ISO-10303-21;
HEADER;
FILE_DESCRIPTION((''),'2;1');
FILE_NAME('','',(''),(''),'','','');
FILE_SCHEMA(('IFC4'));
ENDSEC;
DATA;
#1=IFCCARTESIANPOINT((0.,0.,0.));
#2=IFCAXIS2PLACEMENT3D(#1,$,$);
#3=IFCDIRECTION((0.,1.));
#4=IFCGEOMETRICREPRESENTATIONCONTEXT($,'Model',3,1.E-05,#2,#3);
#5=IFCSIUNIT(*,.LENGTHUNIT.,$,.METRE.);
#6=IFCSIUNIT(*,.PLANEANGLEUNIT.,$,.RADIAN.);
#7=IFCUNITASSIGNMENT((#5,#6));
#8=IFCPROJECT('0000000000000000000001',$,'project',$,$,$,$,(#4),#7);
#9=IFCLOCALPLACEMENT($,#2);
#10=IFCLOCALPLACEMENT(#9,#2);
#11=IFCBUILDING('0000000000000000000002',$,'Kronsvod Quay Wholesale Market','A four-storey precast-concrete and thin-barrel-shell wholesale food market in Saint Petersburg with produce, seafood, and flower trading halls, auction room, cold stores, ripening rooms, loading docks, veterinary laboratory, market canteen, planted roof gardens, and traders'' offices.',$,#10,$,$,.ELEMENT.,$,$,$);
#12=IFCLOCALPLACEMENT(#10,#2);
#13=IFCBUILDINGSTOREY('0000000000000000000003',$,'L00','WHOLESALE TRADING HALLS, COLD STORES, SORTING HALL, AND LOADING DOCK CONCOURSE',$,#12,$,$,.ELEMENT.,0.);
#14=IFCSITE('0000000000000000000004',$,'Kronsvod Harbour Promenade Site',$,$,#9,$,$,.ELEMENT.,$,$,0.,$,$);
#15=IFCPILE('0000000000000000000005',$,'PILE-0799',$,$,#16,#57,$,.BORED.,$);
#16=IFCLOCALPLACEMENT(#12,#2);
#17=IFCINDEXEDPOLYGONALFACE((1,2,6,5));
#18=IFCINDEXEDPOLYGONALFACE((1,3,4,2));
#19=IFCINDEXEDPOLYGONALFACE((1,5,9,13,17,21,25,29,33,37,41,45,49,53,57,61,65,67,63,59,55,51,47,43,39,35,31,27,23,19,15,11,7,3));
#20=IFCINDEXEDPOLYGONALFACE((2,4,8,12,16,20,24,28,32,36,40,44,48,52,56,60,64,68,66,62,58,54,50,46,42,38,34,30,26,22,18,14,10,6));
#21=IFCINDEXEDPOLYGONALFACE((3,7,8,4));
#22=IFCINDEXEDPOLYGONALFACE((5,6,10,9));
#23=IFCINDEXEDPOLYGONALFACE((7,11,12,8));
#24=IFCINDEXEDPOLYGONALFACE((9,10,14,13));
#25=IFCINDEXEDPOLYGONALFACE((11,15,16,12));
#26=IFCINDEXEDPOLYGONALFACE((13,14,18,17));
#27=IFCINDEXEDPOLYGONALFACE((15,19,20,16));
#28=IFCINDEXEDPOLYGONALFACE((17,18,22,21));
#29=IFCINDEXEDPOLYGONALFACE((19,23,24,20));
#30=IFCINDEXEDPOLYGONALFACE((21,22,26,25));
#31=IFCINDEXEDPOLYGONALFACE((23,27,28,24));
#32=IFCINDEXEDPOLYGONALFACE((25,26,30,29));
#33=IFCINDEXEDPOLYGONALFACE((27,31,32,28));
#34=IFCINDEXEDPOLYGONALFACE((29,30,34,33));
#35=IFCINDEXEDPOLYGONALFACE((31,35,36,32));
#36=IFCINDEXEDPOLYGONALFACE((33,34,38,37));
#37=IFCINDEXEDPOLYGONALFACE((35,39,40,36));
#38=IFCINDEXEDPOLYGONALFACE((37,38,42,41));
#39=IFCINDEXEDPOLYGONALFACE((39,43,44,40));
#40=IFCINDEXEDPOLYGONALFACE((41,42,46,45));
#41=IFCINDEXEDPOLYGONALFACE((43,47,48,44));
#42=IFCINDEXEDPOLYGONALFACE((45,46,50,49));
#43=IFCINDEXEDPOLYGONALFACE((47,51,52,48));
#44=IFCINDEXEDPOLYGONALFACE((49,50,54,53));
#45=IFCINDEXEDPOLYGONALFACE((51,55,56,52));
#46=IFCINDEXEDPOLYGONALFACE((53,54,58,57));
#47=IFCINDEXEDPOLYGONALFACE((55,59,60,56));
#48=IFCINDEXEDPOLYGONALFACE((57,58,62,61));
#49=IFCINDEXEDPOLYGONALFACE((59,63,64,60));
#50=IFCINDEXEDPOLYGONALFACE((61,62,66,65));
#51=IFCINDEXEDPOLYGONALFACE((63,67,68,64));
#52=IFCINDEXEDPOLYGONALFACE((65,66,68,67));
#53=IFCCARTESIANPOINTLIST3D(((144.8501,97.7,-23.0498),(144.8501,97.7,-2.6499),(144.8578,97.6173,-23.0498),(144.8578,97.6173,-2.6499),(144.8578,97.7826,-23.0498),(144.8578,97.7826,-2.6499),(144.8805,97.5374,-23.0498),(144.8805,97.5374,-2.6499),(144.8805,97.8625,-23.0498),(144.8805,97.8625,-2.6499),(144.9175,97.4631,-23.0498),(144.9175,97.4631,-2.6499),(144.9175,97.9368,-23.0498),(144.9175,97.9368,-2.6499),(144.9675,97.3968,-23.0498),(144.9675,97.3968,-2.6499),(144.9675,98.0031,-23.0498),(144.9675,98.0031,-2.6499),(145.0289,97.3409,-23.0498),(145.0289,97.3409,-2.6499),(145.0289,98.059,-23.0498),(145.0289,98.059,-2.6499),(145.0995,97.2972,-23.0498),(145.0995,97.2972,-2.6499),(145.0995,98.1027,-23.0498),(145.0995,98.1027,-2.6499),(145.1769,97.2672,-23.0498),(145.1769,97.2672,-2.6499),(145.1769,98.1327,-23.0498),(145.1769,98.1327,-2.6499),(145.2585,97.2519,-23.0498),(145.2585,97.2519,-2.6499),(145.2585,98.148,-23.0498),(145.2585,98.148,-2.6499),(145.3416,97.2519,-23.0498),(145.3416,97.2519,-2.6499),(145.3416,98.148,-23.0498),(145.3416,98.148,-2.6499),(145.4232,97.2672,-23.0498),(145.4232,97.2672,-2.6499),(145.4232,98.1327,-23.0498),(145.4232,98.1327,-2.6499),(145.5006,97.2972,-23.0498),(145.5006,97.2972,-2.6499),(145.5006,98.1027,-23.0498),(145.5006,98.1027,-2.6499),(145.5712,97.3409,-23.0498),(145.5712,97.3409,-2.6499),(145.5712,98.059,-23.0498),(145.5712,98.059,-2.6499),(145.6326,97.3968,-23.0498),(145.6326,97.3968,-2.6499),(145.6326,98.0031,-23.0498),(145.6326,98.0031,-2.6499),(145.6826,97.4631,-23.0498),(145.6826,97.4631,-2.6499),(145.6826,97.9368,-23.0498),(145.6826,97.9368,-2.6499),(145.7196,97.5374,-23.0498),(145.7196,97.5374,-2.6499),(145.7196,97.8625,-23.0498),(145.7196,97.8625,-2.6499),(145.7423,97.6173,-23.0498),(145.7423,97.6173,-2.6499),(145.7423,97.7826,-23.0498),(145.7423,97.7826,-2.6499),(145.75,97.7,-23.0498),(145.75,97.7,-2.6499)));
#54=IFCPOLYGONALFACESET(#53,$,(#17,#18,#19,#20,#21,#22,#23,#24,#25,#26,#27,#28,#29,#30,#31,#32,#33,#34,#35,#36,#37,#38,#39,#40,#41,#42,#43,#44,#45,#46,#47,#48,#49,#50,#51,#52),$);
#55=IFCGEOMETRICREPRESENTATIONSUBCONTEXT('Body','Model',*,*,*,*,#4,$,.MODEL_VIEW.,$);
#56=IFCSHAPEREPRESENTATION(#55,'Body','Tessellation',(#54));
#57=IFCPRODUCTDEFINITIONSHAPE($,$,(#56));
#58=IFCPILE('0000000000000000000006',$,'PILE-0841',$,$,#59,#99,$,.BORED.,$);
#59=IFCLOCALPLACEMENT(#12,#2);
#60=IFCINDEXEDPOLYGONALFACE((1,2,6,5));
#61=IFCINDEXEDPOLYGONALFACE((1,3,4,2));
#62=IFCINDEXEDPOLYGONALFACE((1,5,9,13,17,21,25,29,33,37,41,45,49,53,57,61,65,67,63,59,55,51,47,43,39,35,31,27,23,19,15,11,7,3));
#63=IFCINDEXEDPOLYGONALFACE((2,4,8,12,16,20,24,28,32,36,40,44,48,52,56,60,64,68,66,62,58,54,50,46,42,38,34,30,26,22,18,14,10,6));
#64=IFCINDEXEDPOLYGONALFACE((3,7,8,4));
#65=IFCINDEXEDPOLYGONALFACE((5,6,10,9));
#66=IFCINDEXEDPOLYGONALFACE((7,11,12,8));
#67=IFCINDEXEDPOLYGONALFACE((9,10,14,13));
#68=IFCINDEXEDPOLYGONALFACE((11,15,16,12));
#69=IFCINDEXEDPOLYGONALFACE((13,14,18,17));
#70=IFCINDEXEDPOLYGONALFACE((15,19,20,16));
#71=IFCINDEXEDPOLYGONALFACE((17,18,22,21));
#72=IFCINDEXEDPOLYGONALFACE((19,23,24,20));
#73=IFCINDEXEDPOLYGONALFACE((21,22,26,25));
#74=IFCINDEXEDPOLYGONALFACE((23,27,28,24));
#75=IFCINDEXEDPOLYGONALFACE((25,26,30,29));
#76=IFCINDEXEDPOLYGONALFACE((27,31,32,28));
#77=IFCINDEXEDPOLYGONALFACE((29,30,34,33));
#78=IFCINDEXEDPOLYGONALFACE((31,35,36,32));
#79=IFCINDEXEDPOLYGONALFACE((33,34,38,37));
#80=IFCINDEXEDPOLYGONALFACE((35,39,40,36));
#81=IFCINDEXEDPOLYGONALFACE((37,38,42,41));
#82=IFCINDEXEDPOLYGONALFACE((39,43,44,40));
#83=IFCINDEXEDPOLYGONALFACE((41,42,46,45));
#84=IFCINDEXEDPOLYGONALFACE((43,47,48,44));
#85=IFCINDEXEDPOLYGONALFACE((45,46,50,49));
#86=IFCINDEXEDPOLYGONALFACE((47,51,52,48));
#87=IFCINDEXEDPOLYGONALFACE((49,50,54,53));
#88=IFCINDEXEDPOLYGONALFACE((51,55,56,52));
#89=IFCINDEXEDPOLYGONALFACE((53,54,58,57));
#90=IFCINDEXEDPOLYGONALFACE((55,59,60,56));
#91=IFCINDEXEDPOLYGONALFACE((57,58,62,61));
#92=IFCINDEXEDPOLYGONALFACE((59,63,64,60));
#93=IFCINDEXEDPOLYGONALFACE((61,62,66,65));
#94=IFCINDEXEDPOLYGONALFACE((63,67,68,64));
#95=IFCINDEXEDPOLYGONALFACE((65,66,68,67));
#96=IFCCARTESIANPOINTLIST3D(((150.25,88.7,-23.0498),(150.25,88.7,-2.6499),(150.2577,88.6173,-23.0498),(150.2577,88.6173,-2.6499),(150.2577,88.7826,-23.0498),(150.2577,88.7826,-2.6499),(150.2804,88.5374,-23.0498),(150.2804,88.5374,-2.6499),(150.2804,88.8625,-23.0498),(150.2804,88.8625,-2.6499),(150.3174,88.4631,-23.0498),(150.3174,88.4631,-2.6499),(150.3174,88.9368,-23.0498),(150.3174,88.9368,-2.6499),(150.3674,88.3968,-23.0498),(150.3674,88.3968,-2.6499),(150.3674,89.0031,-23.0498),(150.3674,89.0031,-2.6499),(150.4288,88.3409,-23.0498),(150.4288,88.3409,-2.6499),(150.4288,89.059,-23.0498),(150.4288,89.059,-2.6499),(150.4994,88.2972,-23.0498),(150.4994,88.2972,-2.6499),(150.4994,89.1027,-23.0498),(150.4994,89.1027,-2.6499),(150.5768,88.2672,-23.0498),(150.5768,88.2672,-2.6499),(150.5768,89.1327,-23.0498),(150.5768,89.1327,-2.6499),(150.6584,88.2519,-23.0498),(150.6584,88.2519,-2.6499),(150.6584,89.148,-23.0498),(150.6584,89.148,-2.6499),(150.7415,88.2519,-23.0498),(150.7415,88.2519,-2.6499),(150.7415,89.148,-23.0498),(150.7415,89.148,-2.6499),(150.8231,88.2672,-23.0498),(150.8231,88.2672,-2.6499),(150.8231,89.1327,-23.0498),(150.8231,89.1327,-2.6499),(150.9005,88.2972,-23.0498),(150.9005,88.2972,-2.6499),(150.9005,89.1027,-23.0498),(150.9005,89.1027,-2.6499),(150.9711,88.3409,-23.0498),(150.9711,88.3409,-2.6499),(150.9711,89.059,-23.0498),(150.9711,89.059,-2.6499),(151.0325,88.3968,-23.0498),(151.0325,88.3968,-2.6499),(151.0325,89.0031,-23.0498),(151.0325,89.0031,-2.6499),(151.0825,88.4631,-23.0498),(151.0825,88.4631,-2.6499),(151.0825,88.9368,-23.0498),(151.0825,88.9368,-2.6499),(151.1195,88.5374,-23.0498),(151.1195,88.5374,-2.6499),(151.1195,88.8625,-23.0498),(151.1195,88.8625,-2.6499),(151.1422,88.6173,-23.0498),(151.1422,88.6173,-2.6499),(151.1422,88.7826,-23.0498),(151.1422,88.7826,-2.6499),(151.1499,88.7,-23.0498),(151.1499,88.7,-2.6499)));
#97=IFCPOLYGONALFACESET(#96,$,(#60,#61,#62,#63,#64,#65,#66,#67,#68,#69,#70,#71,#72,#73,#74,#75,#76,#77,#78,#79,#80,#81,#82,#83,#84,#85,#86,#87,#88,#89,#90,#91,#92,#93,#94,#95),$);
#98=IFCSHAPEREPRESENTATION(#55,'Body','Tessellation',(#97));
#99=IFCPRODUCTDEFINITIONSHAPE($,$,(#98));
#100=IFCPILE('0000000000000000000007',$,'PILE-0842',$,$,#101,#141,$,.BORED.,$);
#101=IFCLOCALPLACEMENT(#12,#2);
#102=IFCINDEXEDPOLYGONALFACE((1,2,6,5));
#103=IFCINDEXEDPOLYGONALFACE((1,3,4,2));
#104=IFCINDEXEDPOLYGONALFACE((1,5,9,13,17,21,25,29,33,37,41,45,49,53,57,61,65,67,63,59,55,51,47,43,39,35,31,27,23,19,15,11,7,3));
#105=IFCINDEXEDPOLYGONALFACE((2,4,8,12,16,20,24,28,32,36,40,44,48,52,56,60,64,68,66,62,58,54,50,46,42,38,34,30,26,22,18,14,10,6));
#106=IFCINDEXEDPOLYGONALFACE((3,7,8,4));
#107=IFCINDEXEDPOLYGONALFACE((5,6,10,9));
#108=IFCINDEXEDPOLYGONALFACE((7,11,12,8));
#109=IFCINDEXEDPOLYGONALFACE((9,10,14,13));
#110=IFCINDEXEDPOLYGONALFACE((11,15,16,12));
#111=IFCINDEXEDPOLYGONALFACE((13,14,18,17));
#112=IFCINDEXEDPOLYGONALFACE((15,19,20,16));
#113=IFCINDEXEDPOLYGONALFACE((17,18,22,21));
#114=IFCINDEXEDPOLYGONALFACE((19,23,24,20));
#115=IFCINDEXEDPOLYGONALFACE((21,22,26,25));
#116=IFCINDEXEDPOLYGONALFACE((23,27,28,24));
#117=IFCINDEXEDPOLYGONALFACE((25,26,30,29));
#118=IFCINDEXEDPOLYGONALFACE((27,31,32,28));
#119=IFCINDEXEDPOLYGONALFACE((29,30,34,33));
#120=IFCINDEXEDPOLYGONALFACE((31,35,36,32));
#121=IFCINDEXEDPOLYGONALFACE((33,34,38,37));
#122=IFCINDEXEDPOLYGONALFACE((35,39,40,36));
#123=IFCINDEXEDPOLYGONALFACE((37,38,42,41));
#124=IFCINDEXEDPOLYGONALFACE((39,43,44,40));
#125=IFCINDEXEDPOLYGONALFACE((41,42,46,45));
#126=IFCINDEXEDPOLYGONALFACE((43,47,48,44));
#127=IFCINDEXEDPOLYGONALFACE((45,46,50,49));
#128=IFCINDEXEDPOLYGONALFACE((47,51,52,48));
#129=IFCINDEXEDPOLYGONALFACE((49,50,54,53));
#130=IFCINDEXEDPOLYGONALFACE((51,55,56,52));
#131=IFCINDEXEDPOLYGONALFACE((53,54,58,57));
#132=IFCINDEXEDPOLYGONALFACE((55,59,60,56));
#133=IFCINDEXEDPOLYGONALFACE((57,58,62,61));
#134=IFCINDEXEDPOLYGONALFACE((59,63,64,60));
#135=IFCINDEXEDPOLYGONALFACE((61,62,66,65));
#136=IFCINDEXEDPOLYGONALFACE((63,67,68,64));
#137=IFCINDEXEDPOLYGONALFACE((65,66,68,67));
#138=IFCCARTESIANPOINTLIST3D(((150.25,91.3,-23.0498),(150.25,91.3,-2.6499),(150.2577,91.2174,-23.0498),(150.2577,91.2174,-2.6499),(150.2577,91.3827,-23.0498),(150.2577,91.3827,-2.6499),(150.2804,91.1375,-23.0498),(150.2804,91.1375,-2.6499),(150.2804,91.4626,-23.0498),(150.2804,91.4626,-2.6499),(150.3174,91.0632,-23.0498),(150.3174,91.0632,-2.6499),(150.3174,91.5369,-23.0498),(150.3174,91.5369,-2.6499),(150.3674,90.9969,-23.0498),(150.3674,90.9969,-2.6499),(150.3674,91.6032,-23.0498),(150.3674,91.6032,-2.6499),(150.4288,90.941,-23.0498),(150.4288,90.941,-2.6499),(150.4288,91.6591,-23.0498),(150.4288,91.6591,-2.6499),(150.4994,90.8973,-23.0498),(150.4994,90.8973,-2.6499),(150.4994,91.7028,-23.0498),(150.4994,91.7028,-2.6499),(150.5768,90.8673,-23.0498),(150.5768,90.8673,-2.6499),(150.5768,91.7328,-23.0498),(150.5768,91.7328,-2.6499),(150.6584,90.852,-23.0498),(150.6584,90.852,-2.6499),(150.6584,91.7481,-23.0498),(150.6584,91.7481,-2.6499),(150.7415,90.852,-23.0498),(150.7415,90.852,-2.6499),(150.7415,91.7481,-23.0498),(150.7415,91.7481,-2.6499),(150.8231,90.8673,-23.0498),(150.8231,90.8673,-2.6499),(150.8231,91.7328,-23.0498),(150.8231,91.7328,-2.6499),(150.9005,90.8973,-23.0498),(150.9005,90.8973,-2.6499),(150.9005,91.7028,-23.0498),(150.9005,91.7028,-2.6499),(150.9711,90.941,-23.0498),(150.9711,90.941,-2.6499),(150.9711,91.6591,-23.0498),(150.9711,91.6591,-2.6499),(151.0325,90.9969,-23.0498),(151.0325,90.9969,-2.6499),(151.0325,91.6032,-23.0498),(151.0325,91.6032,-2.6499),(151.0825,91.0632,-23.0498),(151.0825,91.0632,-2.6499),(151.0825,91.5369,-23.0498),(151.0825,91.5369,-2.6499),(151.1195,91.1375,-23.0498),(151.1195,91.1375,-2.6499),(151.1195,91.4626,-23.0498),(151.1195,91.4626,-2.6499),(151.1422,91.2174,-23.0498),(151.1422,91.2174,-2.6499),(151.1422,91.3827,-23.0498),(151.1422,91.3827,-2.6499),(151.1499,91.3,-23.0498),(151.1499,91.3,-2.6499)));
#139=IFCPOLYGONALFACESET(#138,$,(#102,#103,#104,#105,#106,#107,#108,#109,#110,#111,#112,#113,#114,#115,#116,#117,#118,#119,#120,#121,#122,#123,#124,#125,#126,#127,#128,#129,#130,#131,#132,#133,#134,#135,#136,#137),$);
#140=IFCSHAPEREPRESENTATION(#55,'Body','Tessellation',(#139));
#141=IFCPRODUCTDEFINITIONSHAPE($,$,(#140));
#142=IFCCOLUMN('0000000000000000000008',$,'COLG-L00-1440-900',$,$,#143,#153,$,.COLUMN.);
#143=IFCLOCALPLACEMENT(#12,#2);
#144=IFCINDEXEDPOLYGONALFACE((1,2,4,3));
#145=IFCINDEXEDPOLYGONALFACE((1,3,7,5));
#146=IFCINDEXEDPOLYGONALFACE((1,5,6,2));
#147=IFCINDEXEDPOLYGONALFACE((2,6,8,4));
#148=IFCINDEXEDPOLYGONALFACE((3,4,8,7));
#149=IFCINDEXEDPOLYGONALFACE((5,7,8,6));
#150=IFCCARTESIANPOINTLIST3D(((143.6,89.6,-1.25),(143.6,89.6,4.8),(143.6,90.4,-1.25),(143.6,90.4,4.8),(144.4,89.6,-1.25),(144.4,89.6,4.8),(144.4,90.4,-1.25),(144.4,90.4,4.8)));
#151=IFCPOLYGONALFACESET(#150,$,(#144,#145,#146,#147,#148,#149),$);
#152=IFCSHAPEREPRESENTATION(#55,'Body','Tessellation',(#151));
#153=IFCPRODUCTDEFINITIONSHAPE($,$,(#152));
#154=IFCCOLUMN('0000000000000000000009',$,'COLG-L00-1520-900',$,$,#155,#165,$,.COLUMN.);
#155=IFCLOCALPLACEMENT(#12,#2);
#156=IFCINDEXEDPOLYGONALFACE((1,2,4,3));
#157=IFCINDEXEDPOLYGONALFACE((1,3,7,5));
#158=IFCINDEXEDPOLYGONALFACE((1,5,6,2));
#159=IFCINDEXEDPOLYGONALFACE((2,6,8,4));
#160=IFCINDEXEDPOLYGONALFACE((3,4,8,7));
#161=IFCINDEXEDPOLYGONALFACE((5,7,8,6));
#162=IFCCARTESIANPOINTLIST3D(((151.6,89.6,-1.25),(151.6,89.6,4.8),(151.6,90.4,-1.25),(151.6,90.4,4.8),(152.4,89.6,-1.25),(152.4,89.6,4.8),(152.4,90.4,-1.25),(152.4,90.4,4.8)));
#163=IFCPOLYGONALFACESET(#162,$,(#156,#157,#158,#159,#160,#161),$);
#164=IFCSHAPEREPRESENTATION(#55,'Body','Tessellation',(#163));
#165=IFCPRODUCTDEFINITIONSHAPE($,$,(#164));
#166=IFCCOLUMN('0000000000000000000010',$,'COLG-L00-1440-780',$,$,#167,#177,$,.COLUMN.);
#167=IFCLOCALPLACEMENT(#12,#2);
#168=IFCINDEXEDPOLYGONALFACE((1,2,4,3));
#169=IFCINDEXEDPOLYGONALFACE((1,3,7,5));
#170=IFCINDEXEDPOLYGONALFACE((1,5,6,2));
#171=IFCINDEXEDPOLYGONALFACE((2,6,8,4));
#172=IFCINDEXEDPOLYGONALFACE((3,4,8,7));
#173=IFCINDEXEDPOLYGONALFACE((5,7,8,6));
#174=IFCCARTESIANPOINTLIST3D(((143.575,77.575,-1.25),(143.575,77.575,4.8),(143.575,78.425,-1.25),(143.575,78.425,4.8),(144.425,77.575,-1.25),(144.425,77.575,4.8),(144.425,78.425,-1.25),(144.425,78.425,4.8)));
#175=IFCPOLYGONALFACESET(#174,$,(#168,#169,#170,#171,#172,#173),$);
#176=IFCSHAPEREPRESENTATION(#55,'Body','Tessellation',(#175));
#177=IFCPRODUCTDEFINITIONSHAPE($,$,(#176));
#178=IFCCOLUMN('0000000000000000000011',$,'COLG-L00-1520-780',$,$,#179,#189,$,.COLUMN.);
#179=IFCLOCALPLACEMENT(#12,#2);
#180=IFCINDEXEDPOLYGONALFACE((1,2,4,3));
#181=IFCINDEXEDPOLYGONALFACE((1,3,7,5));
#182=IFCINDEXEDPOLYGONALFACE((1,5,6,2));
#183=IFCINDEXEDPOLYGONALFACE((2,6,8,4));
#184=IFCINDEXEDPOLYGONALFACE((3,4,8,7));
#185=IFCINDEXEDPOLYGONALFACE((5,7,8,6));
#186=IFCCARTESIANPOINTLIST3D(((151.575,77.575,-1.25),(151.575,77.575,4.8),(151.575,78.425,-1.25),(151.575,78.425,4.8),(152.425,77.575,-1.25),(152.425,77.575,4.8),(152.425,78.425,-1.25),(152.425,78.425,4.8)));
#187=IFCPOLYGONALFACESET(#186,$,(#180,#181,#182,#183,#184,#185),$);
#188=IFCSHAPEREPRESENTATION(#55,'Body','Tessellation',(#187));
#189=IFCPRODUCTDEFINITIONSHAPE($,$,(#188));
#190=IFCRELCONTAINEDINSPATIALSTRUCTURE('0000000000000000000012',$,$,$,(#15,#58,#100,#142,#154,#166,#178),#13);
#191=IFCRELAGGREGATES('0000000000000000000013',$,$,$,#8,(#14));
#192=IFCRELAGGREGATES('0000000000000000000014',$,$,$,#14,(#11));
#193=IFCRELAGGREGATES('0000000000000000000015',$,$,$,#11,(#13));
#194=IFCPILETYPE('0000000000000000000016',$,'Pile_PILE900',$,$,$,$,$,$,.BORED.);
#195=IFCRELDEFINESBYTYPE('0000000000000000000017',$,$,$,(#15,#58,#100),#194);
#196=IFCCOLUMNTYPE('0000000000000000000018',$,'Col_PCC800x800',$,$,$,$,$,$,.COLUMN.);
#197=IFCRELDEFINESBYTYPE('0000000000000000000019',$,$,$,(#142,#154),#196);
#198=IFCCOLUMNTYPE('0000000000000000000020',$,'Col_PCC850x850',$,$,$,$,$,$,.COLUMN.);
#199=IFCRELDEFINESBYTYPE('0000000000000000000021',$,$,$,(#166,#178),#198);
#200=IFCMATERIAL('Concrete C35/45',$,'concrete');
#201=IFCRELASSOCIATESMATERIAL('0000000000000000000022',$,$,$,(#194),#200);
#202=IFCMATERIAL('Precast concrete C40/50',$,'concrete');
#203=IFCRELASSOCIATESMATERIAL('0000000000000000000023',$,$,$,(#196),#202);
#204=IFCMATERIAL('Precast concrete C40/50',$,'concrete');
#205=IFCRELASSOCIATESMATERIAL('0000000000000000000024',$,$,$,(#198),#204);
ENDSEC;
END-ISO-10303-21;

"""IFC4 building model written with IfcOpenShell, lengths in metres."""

from ifc_helpers import new_model, si_unit, direction, frame, origin, origin_2d, place, context, subcontext, project, spatial, rectangle, circle, extrude, material, material_profile, profile_set, type_object, element, save


model = new_model("IFC4")

# Units and contexts
model_context = context("Model", 3, precision=1e-05, world=origin(), true_north=direction((0.0, 1.0)))
body_context = subcontext(model_context, "Body", "Model", "MODEL_VIEW")
ifc_project = project(units=[si_unit("LENGTHUNIT", "METRE"), si_unit("PLANEANGLEUNIT", "RADIAN")], contexts=[model_context])

# Site, building, storey
site_placement = place(None, origin())
site = spatial("IfcSite", under=ifc_project, at=site_placement, Name="Kronsvod Harbour Promenade Site", CompositionType="ELEMENT", RefElevation=0.0)
building_placement = place(site_placement, origin())
building = spatial("IfcBuilding", under=site, at=building_placement, Name="Kronsvod Quay Wholesale Market", Description="A four-storey precast-concrete and thin-barrel-shell wholesale food market in Saint Petersburg with produce, seafood, and flower trading halls, auction room, cold stores, ripening rooms, loading docks, veterinary laboratory, market canteen, planted roof gardens, and traders' offices.", CompositionType="ELEMENT")
storey_placement = place(building_placement, origin())
storey = spatial("IfcBuildingStorey", under=building, at=storey_placement, Name="L00", Description="WHOLESALE TRADING HALLS, COLD STORES, SORTING HALL, AND LOADING DOCK CONCOURSE", CompositionType="ELEMENT", Elevation=0.0)

# Piles
ifc_material_1 = material(Name="Concrete C35/45", Category="concrete")
ifc_material_profile_1 = material_profile(ifc_material_1, circle(Radius=0.45, at=origin_2d()), Name="PILE900")
ifc_profile_set_1 = profile_set([ifc_material_profile_1], Name="Concrete C35/45")
pile_type_1 = type_object("IfcPileType", Name="Pile_PILE900", PredefinedType="BORED", material=ifc_profile_set_1)
for number, where, z_axis, x_axis, name in (
    (1, (145.3, 97.7, -2.6499), (0.0, 0.0, -1.0), (1.0, 0.0, 0.0), "PILE-0799"),
    (2, (150.7, 88.7, -2.6499), (0.0, 0.0, -1.0), (1.0, 0.0, 0.0), "PILE-0841"),
    (3, (150.7, 91.3, -2.6499), (0.0, 0.0, -1.0), (1.0, 0.0, 0.0), "PILE-0842"),
):
    element("IfcPile", number, at=place(storey_placement, frame(where, z_axis=z_axis, x_axis=x_axis)), inside=storey, type_object=pile_type_1, Name=name, PredefinedType="BORED", context=body_context, shape_type="SweptSolid", body=[
        extrude(circle(Radius=0.45, at=origin_2d()), origin(), (0.0, 0.0, 1.0), 20.3999),
    ])

# Columns
ifc_material_2 = material(Name="Precast concrete C40/50", Category="concrete")
ifc_material_profile_2 = material_profile(ifc_material_2, rectangle(XDim=0.8, YDim=0.8, at=origin_2d()), Name="PCC800x800")
ifc_profile_set_2 = profile_set([ifc_material_profile_2], Name="Precast concrete C40/50")
column_type_1 = type_object("IfcColumnType", Name="Col_PCC800x800", PredefinedType="COLUMN", material=ifc_profile_set_2)
for number, where, z_axis, x_axis, name in (
    (4, (144.0, 90.0, -1.25), (0.0, 0.0, 1.0), (1.0, 0.0, 0.0), "COLG-L00-1440-900"),
    (5, (152.0, 90.0, -1.25), (0.0, 0.0, 1.0), (1.0, 0.0, 0.0), "COLG-L00-1520-900"),
):
    element("IfcColumn", number, at=place(storey_placement, frame(where, z_axis=z_axis, x_axis=x_axis)), inside=storey, type_object=column_type_1, Name=name, PredefinedType="COLUMN", context=body_context, shape_type="SweptSolid", body=[
        extrude(rectangle(XDim=0.8, YDim=0.8, at=origin_2d()), origin(), (0.0, 0.0, 1.0), 6.05),
    ])
ifc_material_3 = material(Name="Precast concrete C40/50", Category="concrete")
ifc_material_profile_3 = material_profile(ifc_material_3, rectangle(XDim=0.8501, YDim=0.8501, at=origin_2d()), Name="COL-06")
ifc_profile_set_3 = profile_set([ifc_material_profile_3], Name="Precast concrete C40/50")
column_type_2 = type_object("IfcColumnType", Name="Col_PCC850x850", PredefinedType="COLUMN", material=ifc_profile_set_3)
for number, where, z_axis, x_axis, name in (
    (6, (144.0, 78.0, -1.25), (0.0, 0.0, 1.0), (1.0, 0.0, 0.0), "COLG-L00-1440-780"),
    (7, (152.0, 78.0, -1.25), (0.0, 0.0, 1.0), (1.0, 0.0, 0.0), "COLG-L00-1520-780"),
):
    element("IfcColumn", number, at=place(storey_placement, frame(where, z_axis=z_axis, x_axis=x_axis)), inside=storey, type_object=column_type_2, Name=name, PredefinedType="COLUMN", context=body_context, shape_type="SweptSolid", body=[
        extrude(rectangle(XDim=0.8501, YDim=0.8501, at=origin_2d()), origin(), (0.0, 0.0, 1.0), 6.05),
    ])

save(model, "model.ifc")
